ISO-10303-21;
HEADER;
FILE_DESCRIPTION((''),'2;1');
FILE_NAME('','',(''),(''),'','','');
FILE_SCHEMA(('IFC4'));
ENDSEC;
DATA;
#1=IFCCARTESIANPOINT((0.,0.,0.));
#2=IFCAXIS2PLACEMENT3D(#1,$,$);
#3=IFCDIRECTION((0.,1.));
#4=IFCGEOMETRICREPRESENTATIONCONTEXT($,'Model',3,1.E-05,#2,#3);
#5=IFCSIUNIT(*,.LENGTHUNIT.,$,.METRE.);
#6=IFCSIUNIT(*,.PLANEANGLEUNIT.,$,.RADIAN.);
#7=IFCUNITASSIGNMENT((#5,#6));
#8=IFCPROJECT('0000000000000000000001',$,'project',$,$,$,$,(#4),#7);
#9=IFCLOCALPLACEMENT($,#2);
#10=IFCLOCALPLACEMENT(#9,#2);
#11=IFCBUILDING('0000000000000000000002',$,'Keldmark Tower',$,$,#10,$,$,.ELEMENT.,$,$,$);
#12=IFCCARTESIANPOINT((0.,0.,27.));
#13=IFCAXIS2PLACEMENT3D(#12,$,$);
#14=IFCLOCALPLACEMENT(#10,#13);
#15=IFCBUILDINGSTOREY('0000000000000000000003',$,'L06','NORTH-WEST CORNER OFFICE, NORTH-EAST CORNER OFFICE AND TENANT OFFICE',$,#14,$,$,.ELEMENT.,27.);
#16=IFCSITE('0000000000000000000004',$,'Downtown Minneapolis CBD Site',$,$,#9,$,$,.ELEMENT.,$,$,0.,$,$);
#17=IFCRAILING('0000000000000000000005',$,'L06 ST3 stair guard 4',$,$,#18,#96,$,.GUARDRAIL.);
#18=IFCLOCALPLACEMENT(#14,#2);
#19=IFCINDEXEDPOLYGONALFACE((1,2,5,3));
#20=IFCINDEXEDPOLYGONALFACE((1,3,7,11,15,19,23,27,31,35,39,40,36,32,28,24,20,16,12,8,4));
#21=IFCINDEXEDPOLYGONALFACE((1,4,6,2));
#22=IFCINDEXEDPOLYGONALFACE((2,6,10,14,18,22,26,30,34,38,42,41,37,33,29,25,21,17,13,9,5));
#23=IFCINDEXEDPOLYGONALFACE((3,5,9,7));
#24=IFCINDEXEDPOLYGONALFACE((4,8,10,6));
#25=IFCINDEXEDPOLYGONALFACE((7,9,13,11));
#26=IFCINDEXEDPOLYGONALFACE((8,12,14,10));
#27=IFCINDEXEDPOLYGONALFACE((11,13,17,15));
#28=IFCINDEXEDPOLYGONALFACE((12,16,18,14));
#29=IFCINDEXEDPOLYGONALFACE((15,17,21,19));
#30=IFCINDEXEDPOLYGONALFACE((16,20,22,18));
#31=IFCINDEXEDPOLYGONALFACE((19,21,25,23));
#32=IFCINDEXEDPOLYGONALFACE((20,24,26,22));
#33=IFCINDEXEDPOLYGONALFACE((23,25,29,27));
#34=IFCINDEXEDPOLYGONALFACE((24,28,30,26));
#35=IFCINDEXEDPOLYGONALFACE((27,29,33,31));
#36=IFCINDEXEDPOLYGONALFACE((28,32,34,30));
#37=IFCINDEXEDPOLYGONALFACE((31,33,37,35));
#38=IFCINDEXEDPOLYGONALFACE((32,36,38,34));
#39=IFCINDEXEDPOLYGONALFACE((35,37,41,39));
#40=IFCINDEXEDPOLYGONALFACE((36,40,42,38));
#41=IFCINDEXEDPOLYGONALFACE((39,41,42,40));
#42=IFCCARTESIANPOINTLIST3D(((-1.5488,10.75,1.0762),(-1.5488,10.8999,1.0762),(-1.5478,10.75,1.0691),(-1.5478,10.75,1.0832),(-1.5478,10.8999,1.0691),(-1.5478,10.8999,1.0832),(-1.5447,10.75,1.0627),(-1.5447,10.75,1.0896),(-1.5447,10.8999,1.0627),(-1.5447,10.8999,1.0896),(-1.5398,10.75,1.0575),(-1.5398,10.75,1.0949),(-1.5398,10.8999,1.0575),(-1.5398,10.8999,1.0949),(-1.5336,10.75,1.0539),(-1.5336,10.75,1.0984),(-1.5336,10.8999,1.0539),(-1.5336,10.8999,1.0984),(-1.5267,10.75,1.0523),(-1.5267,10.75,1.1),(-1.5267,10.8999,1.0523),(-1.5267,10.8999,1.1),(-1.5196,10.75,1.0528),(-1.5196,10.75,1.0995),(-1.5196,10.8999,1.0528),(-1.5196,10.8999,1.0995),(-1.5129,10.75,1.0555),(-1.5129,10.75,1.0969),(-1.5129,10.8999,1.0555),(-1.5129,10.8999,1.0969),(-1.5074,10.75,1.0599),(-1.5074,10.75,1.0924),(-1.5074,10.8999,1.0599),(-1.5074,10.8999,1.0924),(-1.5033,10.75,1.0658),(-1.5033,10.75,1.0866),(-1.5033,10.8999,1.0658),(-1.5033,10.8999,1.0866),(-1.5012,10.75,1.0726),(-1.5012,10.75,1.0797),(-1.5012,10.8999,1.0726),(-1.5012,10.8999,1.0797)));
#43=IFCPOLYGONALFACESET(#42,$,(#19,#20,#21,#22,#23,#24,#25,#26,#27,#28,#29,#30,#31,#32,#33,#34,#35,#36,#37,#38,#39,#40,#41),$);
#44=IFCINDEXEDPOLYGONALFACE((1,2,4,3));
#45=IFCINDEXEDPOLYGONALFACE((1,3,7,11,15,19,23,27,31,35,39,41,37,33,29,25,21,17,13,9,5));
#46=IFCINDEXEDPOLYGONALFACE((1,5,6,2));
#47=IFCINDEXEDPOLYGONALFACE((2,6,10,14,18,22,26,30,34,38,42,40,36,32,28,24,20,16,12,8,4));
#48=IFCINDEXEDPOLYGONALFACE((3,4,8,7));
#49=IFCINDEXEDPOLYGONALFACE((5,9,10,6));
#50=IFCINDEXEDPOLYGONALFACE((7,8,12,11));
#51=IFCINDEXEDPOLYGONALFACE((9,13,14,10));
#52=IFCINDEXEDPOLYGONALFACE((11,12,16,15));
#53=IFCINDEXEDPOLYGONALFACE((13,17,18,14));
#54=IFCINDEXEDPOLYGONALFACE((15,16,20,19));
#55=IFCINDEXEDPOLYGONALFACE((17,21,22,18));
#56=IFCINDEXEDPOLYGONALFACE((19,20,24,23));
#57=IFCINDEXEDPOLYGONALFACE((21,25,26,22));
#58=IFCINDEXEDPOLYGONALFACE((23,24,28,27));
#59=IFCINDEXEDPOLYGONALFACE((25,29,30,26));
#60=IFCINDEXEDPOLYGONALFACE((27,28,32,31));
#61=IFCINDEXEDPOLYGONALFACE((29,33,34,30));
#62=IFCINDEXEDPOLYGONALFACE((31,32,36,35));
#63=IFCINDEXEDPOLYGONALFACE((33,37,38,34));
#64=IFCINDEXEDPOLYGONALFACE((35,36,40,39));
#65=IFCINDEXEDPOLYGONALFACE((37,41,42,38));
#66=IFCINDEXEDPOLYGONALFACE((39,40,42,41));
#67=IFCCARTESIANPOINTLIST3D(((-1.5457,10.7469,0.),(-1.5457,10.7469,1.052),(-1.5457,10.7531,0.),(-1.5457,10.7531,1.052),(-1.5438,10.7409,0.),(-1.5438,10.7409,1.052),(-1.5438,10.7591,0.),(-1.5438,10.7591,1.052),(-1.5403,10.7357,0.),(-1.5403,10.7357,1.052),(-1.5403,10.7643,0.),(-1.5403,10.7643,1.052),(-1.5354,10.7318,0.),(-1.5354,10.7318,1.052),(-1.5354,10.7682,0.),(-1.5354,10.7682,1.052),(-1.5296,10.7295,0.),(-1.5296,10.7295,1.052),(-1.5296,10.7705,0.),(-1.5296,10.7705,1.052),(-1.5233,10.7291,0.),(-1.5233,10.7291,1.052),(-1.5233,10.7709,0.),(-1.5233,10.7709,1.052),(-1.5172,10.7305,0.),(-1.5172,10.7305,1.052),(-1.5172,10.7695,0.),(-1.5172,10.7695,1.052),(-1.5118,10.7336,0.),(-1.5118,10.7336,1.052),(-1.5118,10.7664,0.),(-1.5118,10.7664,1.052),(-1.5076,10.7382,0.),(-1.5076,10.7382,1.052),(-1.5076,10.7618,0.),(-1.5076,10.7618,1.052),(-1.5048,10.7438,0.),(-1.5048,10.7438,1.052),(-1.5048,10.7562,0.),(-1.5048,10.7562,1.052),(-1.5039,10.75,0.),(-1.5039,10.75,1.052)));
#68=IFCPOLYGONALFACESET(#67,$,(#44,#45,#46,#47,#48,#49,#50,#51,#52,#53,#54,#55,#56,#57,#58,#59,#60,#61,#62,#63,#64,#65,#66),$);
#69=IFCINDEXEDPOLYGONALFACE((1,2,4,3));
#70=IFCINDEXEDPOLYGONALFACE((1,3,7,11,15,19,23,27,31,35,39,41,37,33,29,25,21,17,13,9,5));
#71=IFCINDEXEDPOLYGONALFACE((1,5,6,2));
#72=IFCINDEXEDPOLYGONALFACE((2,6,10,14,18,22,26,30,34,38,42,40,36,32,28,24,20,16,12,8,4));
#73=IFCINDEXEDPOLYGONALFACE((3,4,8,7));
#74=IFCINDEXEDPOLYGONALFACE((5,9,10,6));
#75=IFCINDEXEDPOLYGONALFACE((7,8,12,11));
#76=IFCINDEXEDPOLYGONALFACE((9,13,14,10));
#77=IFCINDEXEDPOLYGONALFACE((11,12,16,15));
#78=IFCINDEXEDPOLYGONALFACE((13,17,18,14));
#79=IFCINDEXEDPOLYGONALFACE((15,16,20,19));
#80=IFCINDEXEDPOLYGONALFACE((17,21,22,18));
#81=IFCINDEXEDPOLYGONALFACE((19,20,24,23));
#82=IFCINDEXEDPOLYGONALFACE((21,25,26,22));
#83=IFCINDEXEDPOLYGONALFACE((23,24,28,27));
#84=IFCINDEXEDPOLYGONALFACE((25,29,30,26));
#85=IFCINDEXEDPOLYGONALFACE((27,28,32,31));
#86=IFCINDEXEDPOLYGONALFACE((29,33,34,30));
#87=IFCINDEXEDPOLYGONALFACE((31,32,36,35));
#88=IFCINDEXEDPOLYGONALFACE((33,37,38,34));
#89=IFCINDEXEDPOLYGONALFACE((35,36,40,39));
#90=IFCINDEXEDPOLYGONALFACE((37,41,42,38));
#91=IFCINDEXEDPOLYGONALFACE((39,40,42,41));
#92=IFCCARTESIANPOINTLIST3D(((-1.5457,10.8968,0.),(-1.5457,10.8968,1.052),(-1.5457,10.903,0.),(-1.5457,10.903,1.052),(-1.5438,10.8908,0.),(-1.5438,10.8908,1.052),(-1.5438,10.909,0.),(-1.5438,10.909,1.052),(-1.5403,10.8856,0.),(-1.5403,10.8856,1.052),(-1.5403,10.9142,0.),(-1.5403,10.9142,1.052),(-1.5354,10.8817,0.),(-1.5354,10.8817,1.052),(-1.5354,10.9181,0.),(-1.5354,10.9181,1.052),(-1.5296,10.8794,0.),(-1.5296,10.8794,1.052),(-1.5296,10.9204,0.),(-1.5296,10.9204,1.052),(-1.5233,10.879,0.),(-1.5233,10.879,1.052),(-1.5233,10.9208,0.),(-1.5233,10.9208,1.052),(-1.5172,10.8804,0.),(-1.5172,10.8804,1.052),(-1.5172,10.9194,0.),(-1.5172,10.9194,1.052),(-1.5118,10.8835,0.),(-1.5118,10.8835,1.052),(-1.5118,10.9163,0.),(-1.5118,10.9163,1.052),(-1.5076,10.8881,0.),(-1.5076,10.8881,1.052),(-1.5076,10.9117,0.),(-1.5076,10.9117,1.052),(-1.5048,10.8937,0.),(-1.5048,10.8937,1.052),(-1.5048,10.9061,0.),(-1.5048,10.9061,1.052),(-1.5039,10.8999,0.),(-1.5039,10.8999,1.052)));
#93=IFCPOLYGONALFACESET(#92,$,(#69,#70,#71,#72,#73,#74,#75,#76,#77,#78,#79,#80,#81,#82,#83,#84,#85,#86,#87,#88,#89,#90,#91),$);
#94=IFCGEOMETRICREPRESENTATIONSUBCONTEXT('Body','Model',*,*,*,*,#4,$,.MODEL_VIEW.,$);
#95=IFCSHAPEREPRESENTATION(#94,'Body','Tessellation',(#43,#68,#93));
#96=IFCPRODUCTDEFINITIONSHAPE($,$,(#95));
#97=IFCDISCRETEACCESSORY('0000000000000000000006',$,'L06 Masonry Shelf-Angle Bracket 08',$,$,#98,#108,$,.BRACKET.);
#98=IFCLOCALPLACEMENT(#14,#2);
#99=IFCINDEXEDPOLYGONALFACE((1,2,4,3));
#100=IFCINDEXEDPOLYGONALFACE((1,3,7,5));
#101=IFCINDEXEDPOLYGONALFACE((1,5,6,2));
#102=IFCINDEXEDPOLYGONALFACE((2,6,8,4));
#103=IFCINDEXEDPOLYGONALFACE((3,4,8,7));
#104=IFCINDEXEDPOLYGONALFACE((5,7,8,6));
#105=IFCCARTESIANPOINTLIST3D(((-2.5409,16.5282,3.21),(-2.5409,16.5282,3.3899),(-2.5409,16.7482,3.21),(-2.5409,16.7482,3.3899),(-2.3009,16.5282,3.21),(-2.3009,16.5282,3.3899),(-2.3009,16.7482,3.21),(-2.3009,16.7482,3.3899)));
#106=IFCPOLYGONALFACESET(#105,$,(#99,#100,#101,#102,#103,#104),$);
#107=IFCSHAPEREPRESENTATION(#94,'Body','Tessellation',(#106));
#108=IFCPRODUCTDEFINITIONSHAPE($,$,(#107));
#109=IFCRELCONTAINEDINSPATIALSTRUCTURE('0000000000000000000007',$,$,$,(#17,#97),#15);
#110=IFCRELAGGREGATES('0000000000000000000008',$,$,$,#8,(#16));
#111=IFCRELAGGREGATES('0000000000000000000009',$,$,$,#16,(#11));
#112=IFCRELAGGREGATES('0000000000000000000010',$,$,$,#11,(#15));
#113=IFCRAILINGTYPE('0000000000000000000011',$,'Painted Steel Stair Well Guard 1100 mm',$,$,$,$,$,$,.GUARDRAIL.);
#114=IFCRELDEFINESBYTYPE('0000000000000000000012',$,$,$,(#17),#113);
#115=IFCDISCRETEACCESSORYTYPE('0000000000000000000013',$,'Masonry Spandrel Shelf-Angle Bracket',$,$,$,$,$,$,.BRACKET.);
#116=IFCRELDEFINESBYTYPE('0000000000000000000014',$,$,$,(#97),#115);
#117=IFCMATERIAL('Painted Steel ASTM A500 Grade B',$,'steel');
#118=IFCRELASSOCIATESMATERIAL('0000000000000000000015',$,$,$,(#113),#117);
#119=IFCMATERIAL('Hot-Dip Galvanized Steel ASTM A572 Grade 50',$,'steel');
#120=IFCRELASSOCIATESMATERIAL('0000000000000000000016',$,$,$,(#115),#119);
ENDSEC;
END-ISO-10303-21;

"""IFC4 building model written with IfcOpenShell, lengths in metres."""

from ifc_helpers import new_model, si_unit, direction, frame, origin, origin_2d, place, context, subcontext, project, spatial, rectangle, circle, extrude, material, type_object, element, save


model = new_model("IFC4")

# Units and contexts
model_context = context("Model", 3, precision=1e-05, world=origin(), true_north=direction((0.0, 1.0)))
body_context = subcontext(model_context, "Body", "Model", "MODEL_VIEW")
ifc_project = project(units=[si_unit("LENGTHUNIT", "METRE"), si_unit("PLANEANGLEUNIT", "RADIAN")], contexts=[model_context])

# Site, building, storey
site_placement = place(None, origin())
site = spatial("IfcSite", under=ifc_project, at=site_placement, Name="Downtown Minneapolis CBD Site", CompositionType="ELEMENT", RefElevation=0.0)
building_placement = place(site_placement, origin())
building = spatial("IfcBuilding", under=site, at=building_placement, Name="Keldmark Tower", CompositionType="ELEMENT")
storey_placement = place(building_placement, frame((0.0, 0.0, 27.0)))
storey = spatial("IfcBuildingStorey", under=building, at=storey_placement, Name="L06", Description="NORTH-WEST CORNER OFFICE, NORTH-EAST CORNER OFFICE AND TENANT OFFICE", CompositionType="ELEMENT", Elevation=27.0)

# Railing
ifc_material_1 = material(Name="Painted Steel ASTM A500 Grade B", Category="steel")
railing_type = type_object("IfcRailingType", Name="Painted Steel Stair Well Guard 1100 mm", PredefinedType="GUARDRAIL", material=ifc_material_1)
railing_1_placement = place(storey_placement, frame((-1.5249, 10.75, 0.0)))
element("IfcRailing", 1, at=railing_1_placement, inside=storey, type_object=railing_type, Name="L06 ST3 stair guard 4", PredefinedType="GUARDRAIL", context=body_context, shape_type="SweptSolid", body=[
    extrude(circle(Radius=0.0239, at=origin_2d()), frame((0.0, 0.0, 1.0762), z_axis=(0.0, 1.0, 0.0), x_axis=(-1.0, 0.0, 0.0)), (0.0, 0.0, 1.0), 0.1499),
    extrude(circle(Radius=0.021, at=origin_2d()), origin(), (0.0, 0.0, 1.0), 1.052),
    extrude(circle(Radius=0.021, at=origin_2d()), frame((0.0, 0.1499, 0.0)), (0.0, 0.0, 1.0), 1.052),
])

# Discrete accessory
ifc_material_2 = material(Name="Hot-Dip Galvanized Steel ASTM A572 Grade 50", Category="steel")
discrete_accessory_type = type_object("IfcDiscreteAccessoryType", Name="Masonry Spandrel Shelf-Angle Bracket", PredefinedType="BRACKET", material=ifc_material_2)
discrete_accessory_placement = place(storey_placement, frame((-2.4209, 16.6382, 3.21), z_axis=(0.0, 0.0, 1.0), x_axis=(1.0, 0.0, 0.0)))
element("IfcDiscreteAccessory", 2, at=discrete_accessory_placement, inside=storey, type_object=discrete_accessory_type, Name="L06 Masonry Shelf-Angle Bracket 08", PredefinedType="BRACKET", context=body_context, shape_type="SweptSolid", body=[
    extrude(rectangle(XDim=0.24, YDim=0.22, at=origin_2d()), origin(), (0.0, 0.0, 1.0), 0.1799),
])

save(model, "model.ifc")
